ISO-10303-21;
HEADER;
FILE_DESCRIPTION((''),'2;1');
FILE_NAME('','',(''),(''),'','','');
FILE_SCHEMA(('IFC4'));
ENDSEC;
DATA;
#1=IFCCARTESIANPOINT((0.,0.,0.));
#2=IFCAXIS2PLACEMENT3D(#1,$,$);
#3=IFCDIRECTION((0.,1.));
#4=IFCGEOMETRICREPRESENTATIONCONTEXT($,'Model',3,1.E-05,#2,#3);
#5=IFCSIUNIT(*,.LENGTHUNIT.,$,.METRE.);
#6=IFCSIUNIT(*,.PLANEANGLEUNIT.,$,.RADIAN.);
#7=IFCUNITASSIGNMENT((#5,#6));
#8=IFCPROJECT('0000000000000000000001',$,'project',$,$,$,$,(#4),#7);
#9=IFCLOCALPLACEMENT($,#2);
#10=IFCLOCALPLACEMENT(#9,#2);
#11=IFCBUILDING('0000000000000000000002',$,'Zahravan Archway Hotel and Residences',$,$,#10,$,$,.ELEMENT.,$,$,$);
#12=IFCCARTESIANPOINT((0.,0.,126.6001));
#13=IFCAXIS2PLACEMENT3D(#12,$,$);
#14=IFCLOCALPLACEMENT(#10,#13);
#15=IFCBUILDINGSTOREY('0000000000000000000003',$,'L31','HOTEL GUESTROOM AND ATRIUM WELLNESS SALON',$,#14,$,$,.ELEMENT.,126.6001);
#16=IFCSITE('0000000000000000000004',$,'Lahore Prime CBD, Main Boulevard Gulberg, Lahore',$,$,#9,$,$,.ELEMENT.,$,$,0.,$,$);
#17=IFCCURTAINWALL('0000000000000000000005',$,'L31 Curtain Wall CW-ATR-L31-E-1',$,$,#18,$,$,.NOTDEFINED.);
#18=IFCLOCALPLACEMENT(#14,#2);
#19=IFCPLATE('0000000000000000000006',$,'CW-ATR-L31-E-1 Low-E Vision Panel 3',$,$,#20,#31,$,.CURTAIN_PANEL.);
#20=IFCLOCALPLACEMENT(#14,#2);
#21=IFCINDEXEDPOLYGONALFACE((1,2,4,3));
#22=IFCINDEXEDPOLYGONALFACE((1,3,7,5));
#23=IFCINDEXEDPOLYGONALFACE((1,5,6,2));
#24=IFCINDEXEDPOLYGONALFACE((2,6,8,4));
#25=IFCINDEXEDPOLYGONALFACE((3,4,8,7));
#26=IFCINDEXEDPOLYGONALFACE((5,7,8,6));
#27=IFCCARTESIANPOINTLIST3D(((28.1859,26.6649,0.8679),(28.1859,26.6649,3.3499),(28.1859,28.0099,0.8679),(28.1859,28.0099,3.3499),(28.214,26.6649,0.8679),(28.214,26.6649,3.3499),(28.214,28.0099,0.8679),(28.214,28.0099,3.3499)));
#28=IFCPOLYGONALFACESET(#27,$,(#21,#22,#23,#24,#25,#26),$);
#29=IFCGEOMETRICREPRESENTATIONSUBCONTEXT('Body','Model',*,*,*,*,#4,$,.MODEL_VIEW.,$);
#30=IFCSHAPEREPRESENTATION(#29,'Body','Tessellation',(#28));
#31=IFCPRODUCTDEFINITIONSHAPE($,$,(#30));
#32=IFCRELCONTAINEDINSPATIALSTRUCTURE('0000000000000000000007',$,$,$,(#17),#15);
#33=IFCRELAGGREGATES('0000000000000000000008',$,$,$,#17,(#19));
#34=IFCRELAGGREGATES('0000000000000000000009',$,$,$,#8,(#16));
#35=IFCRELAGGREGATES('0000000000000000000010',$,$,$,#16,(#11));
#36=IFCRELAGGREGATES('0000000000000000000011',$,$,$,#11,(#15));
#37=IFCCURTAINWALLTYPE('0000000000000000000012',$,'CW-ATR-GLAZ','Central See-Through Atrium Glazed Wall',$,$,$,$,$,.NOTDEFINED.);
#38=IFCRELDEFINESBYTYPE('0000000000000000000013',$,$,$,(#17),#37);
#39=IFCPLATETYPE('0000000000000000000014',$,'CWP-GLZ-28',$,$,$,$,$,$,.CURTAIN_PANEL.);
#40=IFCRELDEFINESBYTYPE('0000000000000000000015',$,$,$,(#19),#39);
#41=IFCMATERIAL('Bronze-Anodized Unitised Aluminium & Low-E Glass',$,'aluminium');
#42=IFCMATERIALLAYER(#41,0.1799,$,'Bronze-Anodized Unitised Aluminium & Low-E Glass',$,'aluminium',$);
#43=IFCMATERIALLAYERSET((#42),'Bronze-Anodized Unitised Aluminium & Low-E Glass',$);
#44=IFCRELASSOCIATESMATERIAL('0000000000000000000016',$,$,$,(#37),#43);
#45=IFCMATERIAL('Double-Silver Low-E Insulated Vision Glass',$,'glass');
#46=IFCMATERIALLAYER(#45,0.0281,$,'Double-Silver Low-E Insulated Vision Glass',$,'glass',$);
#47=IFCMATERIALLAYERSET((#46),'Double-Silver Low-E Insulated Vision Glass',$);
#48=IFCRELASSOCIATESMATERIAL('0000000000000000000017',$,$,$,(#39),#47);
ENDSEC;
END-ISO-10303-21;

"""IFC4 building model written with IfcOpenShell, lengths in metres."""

from ifc_helpers import new_model, si_unit, direction, frame, origin, origin_2d, place, context, subcontext, project, spatial, rectangle, extrude, source, transform, mapped, material, layer, layer_set, type_object, element, aggregate, save


model = new_model("IFC4")

# Units and contexts
model_context = context("Model", 3, precision=1e-05, world=origin(), true_north=direction((0.0, 1.0)))
body_context = subcontext(model_context, "Body", "Model", "MODEL_VIEW")
ifc_project = project(units=[si_unit("LENGTHUNIT", "METRE"), si_unit("PLANEANGLEUNIT", "RADIAN")], contexts=[model_context])

# Site, building, storey
site_placement = place(None, origin())
site = spatial("IfcSite", under=ifc_project, at=site_placement, Name="Lahore Prime CBD, Main Boulevard Gulberg, Lahore", CompositionType="ELEMENT", RefElevation=0.0)
building_placement = place(site_placement, origin())
building = spatial("IfcBuilding", under=site, at=building_placement, Name="Zahravan Archway Hotel and Residences", CompositionType="ELEMENT")
storey_placement = place(building_placement, frame((0.0, 0.0, 126.6001)))
storey = spatial("IfcBuildingStorey", under=building, at=storey_placement, Name="L31", Description="HOTEL GUESTROOM AND ATRIUM WELLNESS SALON", CompositionType="ELEMENT", Elevation=126.6001)

# Shared definitions
ifc_material_1 = material(Name="Bronze-Anodized Unitised Aluminium & Low-E Glass", Category="aluminium")
ifc_layer_1 = layer(ifc_material_1, 0.1799, Name="Bronze-Anodized Unitised Aluminium & Low-E Glass", Category="aluminium")
ifc_layer_set_1 = layer_set([ifc_layer_1], Name="Bronze-Anodized Unitised Aluminium & Low-E Glass")
curtain_wall_type = type_object("IfcCurtainWallType", Name="CW-ATR-GLAZ", Description="Central See-Through Atrium Glazed Wall", PredefinedType="NOTDEFINED", material=ifc_layer_set_1)

# Curtain wall
curtain_wall_1_placement = place(storey_placement, origin())
curtain_wall_1 = element("IfcCurtainWall", 1, at=curtain_wall_1_placement, inside=storey, type_object=curtain_wall_type, Name="L31 Curtain Wall CW-ATR-L31-E-1", PredefinedType="NOTDEFINED")

# Plate
ifc_material_2 = material(Name="Double-Silver Low-E Insulated Vision Glass", Category="glass")
ifc_layer_2 = layer(ifc_material_2, 0.0281, Name="Double-Silver Low-E Insulated Vision Glass", Category="glass")
ifc_layer_set_2 = layer_set([ifc_layer_2], Name="Double-Silver Low-E Insulated Vision Glass")
plate_type_1 = type_object("IfcPlateType", Name="CWP-GLZ-28", PredefinedType="CURTAIN_PANEL", material=ifc_layer_set_2)
shared_shape_1 = source(origin(), body_context, "Body", "SweptSolid", [
    extrude(rectangle(XDim=1.345, YDim=0.0281, at=origin_2d()), origin(), (0.0, 0.0, 1.0), 2.4819),
])
plate_1_placement = place(storey_placement, frame((28.2, 27.3374, 0.8679), z_axis=(0.0, 0.0, 1.0), x_axis=(0.0, 1.0, 0.0)))
plate_1 = element("IfcPlate", 2, at=plate_1_placement, type_object=plate_type_1, Name="CW-ATR-L31-E-1 Low-E Vision Panel 3", PredefinedType="CURTAIN_PANEL", context=body_context, shape_type="MappedRepresentation", body=[
    mapped(shared_shape_1, transform((0.0, 0.0, 0.0), scale=1.0)),
])
aggregate(curtain_wall_1, [plate_1])

save(model, "model.ifc")
